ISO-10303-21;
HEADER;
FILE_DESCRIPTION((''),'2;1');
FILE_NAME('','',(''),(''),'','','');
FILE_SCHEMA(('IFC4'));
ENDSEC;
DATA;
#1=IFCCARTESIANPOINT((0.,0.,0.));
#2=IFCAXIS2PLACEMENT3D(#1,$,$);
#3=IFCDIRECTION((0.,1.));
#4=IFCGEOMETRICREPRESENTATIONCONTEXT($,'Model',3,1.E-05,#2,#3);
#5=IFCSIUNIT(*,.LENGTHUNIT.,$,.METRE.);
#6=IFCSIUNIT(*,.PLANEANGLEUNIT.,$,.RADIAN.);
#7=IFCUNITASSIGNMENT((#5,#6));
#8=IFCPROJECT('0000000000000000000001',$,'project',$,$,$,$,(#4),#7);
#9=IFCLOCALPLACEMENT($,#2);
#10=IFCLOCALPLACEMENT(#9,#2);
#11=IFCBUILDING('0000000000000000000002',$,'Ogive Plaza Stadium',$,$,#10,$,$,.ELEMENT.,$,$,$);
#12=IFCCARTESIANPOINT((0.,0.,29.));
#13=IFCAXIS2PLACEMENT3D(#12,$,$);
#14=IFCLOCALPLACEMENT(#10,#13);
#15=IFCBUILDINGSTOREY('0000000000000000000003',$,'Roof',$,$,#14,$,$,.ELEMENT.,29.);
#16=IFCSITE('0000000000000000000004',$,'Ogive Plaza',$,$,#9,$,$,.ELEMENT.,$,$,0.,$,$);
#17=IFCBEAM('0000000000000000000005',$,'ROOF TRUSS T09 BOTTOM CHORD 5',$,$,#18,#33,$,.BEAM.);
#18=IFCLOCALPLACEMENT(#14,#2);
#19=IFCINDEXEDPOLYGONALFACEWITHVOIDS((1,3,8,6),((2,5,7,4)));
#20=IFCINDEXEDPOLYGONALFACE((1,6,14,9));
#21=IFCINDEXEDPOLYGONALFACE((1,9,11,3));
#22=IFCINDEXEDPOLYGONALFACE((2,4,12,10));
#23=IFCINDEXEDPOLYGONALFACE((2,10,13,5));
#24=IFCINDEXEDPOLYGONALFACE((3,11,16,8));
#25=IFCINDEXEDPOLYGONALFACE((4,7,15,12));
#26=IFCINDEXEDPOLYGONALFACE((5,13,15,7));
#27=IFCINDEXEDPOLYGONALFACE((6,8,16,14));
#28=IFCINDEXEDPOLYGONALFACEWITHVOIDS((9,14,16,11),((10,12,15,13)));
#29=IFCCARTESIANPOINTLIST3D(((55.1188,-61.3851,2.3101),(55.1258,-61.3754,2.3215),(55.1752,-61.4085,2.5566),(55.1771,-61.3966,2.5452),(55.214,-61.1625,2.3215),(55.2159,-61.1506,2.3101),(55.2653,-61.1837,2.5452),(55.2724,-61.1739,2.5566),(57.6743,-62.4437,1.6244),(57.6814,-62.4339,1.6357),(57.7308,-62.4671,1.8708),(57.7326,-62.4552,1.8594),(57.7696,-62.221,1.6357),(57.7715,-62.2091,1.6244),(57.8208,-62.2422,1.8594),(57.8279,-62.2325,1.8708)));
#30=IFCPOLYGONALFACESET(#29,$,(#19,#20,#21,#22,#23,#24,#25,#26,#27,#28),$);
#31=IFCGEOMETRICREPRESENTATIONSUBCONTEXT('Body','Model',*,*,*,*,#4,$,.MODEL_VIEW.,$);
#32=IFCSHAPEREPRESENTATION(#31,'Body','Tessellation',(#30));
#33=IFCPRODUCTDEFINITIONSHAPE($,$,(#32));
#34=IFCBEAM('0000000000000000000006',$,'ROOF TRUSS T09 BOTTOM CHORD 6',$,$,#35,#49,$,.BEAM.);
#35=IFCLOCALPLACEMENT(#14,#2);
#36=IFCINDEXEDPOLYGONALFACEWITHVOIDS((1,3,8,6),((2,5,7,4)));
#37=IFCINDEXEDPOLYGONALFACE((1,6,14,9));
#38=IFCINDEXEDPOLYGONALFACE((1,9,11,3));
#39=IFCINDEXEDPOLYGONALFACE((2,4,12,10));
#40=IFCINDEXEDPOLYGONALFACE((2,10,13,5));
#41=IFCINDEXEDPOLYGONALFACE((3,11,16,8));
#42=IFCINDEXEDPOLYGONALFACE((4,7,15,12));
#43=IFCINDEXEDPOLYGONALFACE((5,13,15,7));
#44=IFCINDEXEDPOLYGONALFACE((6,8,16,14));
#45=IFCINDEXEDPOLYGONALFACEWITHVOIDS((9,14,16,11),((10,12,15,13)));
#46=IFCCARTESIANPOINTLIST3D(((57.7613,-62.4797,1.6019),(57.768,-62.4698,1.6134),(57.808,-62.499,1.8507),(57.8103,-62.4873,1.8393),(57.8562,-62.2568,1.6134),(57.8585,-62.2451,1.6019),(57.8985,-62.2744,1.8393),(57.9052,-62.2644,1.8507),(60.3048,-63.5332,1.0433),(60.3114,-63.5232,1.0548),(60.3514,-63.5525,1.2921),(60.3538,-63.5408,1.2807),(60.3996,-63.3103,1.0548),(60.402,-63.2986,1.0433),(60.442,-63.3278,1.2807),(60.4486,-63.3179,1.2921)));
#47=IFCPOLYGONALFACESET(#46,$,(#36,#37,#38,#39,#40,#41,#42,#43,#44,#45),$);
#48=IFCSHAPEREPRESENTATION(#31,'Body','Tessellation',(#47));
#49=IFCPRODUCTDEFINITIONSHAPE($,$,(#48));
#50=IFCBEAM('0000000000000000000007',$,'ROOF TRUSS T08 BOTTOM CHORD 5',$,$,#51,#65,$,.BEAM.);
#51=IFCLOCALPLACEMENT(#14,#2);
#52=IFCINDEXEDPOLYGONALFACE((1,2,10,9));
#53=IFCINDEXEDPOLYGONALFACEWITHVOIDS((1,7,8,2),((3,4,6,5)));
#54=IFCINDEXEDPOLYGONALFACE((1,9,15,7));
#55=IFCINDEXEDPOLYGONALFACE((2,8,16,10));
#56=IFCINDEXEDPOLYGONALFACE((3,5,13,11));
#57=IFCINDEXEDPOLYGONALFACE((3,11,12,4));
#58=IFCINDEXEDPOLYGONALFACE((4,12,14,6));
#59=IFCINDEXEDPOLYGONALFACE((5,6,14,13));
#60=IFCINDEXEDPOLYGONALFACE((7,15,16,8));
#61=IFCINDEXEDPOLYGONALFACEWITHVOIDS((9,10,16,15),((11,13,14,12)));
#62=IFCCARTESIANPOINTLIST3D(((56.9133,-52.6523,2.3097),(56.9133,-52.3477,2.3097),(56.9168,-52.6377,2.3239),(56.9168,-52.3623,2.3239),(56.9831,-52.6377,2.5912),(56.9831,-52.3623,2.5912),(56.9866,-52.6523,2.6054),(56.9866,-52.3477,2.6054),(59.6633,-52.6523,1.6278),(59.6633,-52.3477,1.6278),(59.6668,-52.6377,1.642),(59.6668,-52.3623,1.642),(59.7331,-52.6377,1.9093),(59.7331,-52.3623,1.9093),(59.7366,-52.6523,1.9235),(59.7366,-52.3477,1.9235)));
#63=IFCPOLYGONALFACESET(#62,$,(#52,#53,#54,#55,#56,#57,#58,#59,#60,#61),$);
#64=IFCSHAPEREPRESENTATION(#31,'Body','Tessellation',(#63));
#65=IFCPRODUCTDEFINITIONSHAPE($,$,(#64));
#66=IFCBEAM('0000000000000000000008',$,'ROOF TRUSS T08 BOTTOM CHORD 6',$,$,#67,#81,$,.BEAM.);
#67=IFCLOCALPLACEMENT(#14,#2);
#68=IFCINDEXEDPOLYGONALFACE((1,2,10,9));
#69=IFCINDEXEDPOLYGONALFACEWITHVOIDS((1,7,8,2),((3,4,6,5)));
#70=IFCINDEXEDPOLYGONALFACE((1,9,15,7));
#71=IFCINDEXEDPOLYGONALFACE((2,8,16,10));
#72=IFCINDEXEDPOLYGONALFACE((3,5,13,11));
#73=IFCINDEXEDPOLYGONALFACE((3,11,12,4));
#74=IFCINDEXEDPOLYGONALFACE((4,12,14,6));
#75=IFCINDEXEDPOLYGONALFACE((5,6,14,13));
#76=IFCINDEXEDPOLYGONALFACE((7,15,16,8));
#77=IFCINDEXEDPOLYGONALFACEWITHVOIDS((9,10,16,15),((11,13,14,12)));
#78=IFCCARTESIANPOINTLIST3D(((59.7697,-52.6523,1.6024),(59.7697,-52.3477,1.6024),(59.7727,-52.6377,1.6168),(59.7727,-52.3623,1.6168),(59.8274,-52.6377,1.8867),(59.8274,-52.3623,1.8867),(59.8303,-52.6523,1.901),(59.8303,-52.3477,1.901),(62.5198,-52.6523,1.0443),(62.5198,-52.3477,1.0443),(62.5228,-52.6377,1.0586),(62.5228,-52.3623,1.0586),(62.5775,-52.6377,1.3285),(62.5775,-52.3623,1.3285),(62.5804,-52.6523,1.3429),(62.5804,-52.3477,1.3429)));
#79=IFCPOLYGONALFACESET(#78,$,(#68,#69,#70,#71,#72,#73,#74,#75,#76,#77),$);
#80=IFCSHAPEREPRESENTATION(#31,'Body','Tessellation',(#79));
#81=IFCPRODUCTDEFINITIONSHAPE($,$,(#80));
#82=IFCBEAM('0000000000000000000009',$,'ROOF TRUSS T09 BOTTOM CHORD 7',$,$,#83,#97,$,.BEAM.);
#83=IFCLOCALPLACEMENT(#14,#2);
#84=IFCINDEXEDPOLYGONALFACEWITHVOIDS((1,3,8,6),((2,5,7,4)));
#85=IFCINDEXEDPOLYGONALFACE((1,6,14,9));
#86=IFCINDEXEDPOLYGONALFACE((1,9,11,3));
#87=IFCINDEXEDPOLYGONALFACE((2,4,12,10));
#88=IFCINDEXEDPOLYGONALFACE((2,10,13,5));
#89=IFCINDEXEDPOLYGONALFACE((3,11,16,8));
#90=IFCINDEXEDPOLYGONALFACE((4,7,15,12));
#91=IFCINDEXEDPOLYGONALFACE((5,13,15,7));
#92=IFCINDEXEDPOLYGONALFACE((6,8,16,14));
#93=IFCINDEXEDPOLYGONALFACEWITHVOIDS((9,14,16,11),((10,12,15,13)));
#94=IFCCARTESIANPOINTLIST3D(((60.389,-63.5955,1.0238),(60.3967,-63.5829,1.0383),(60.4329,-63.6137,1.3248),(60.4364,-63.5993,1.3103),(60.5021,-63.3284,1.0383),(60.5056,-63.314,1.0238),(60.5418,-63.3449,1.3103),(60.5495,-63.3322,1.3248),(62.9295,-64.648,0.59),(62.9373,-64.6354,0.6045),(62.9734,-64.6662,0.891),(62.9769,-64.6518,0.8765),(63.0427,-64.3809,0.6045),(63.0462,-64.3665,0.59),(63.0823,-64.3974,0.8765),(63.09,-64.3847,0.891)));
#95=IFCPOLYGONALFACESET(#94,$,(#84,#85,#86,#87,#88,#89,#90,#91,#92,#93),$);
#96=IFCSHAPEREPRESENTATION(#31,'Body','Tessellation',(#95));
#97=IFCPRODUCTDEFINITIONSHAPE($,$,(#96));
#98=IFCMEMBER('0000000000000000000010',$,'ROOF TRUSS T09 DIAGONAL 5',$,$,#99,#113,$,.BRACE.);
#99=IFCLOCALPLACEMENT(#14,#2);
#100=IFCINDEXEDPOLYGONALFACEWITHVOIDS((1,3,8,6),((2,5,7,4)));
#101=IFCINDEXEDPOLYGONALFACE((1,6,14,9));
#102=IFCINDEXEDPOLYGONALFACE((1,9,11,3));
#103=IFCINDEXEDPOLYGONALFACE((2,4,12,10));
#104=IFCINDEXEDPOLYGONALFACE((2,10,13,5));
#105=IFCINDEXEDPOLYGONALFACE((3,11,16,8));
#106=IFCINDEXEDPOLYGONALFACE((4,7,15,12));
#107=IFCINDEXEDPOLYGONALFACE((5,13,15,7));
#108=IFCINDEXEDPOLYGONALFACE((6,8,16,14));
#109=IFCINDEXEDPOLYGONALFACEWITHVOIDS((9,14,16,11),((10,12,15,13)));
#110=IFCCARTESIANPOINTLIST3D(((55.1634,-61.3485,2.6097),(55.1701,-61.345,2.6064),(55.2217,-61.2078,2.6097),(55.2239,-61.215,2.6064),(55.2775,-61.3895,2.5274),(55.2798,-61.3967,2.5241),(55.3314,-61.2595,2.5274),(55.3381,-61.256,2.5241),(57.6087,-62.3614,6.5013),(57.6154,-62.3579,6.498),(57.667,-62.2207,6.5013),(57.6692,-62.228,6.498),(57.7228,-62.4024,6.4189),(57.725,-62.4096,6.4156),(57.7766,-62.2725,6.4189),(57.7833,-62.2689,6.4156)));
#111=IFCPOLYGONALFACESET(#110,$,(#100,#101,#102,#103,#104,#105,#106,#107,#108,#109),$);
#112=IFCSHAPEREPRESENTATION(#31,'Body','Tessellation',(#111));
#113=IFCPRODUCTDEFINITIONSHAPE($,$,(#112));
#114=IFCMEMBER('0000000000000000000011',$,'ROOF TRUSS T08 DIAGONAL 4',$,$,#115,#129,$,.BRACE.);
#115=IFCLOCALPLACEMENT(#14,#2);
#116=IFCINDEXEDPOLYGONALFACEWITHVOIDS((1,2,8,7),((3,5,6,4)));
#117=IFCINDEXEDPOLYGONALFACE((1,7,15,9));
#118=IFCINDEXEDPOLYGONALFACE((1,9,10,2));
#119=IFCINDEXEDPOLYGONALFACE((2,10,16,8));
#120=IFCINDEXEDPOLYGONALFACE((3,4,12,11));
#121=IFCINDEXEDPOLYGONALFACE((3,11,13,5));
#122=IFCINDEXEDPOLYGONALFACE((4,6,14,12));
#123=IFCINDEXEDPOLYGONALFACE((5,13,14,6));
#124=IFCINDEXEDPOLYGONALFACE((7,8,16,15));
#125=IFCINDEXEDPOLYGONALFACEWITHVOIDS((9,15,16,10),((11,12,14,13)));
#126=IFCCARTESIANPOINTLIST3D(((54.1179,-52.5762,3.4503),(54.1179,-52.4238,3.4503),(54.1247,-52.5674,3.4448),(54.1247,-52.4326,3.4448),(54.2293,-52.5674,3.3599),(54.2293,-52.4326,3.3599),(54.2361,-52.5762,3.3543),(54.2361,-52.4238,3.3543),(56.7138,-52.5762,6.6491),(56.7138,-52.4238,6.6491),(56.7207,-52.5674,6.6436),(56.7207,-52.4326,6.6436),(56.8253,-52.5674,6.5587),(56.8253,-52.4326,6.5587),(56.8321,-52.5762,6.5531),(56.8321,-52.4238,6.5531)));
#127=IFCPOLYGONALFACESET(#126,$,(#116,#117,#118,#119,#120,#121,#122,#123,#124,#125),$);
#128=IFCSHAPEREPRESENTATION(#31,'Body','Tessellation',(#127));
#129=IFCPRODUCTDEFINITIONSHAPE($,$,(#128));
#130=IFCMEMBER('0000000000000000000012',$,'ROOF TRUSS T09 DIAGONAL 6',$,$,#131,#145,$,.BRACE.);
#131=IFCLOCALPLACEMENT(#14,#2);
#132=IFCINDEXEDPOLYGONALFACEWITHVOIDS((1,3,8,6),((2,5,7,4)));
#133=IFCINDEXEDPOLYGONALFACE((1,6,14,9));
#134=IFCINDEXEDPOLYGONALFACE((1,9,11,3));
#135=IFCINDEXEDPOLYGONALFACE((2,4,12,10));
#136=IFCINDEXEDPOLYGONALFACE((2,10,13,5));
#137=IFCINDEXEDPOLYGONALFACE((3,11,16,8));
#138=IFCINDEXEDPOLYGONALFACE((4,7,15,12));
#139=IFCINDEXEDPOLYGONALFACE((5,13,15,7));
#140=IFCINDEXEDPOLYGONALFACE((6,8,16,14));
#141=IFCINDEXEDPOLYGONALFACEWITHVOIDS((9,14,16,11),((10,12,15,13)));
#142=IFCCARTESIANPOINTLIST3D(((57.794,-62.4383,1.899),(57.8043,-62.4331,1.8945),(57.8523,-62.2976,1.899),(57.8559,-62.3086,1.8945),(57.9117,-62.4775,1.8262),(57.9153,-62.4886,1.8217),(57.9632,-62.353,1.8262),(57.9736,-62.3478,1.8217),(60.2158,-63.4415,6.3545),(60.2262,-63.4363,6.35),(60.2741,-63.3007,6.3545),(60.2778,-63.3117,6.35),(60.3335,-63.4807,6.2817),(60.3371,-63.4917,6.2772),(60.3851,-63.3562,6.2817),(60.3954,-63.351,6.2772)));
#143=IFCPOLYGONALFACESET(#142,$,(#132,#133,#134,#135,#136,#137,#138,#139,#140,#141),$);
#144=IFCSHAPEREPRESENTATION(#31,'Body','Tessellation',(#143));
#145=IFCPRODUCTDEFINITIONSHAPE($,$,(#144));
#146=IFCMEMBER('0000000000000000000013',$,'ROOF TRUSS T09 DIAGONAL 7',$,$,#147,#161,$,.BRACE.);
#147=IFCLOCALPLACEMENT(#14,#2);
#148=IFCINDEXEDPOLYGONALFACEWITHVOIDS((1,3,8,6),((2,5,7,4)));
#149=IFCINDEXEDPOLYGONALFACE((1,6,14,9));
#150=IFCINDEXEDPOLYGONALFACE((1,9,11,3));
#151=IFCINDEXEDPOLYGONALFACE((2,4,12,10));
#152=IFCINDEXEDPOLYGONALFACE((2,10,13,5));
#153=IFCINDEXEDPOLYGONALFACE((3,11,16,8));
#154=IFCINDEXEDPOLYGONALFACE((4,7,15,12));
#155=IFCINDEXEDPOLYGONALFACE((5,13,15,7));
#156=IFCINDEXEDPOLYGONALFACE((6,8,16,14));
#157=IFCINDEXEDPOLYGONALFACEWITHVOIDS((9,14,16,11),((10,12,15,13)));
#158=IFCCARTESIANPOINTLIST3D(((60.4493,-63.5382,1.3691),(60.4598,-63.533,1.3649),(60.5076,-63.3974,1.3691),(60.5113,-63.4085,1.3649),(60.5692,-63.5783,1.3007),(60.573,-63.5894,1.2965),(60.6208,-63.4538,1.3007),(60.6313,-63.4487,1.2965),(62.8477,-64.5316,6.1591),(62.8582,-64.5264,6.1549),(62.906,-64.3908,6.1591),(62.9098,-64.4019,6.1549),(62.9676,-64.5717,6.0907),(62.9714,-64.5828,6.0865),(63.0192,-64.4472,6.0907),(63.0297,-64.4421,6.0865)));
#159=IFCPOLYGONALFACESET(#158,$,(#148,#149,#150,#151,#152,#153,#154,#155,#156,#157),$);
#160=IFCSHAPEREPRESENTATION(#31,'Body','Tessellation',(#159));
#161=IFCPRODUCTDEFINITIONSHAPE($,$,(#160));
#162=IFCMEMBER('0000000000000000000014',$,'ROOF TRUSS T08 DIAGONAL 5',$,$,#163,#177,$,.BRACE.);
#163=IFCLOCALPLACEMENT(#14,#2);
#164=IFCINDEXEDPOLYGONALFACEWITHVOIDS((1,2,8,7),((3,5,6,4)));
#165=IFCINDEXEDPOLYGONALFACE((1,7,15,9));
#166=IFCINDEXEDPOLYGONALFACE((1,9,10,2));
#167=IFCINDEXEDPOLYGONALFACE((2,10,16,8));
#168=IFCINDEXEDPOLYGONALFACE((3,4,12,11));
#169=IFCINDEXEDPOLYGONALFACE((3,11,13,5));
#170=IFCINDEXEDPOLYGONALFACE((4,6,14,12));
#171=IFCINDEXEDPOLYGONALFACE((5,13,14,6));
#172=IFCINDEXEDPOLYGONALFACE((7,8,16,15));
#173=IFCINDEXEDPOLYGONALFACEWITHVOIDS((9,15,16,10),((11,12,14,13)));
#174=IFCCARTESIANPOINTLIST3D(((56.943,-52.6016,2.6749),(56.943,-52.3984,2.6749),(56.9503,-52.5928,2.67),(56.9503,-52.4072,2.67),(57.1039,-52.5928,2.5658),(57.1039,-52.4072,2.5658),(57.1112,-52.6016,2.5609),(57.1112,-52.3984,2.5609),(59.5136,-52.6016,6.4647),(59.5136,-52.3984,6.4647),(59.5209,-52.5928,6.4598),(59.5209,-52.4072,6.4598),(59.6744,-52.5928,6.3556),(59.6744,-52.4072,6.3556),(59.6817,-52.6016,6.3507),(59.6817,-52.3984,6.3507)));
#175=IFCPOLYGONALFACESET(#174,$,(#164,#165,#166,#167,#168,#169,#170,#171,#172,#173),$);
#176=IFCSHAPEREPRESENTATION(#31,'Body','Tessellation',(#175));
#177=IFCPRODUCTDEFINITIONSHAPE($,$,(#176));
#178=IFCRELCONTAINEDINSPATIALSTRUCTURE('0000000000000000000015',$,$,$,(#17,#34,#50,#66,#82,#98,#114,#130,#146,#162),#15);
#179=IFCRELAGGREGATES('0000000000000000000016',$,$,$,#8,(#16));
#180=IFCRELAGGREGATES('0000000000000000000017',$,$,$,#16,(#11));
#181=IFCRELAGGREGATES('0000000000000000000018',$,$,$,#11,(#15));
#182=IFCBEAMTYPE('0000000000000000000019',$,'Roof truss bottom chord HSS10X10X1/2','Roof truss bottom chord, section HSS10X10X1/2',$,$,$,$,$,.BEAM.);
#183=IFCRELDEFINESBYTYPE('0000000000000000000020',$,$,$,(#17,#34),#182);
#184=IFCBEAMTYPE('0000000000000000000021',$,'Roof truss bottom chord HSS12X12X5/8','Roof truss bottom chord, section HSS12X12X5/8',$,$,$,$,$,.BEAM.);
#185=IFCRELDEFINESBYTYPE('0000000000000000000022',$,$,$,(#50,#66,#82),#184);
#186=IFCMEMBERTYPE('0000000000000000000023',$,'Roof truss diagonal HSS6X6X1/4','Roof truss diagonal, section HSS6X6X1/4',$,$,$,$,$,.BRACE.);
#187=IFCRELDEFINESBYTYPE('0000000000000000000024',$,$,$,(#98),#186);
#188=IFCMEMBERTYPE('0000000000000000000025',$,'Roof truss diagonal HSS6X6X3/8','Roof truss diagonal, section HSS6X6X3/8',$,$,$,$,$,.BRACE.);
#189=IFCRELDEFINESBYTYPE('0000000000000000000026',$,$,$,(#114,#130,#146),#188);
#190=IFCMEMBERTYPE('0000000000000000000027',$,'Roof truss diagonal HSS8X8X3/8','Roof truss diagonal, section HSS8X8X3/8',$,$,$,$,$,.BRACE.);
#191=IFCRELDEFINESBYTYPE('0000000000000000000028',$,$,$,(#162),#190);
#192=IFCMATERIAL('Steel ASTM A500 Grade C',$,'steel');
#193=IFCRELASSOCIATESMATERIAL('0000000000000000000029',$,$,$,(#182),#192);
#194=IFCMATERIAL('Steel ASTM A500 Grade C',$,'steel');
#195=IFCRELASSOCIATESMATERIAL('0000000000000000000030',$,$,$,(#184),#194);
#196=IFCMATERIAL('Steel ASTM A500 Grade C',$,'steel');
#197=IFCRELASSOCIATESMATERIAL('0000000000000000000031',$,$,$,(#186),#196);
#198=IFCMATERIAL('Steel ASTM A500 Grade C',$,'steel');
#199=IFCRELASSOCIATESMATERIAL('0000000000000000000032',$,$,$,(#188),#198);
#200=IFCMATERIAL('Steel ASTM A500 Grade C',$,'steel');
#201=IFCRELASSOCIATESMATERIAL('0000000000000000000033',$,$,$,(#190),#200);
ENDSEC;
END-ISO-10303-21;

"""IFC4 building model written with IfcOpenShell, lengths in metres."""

from ifc_helpers import new_model, si_unit, direction, frame, origin, origin_2d, place, context, subcontext, project, spatial, hollow_rectangle, extrude, material, material_profile, profile_set, type_object, element, save


model = new_model("IFC4")

# Units and contexts
model_context = context("Model", 3, precision=1e-05, world=origin(), true_north=direction((0.0, 1.0)))
body_context = subcontext(model_context, "Body", "Model", "MODEL_VIEW")
ifc_project = project(units=[si_unit("LENGTHUNIT", "METRE"), si_unit("PLANEANGLEUNIT", "RADIAN")], contexts=[model_context])

# Site, building, storey
site_placement = place(None, origin())
site = spatial("IfcSite", under=ifc_project, at=site_placement, Name="Ogive Plaza", CompositionType="ELEMENT", RefElevation=0.0)
building_placement = place(site_placement, origin())
building = spatial("IfcBuilding", under=site, at=building_placement, Name="Ogive Plaza Stadium", CompositionType="ELEMENT")
storey_placement = place(building_placement, frame((0.0, 0.0, 29.0)))
storey = spatial("IfcBuildingStorey", under=building, at=storey_placement, Name="Roof", CompositionType="ELEMENT", Elevation=29.0)

# Beams
ifc_material_1 = material(Name="Steel ASTM A500 Grade C", Category="steel")
ifc_material_profile_1 = material_profile(ifc_material_1, hollow_rectangle(XDim=0.2539, YDim=0.2539, WallThickness=0.0117, at=origin_2d()), Name="HSS10X10X1/2")
ifc_profile_set_1 = profile_set([ifc_material_profile_1], Name="Steel ASTM A500 Grade C")
beam_type_1 = type_object("IfcBeamType", Name="Roof truss bottom chord HSS10X10X1/2", Description="Roof truss bottom chord, section HSS10X10X1/2", PredefinedType="BEAM", material=ifc_profile_set_1)
beam_1_placement = place(storey_placement, frame((55.1956, -61.2795, 2.4333), z_axis=(0.896733, -0.37144, -0.240631), x_axis=(0.382684, 0.923879, 0.0)))
element("IfcBeam", 1, at=beam_1_placement, inside=storey, type_object=beam_type_1, Name="ROOF TRUSS T09 BOTTOM CHORD 5", PredefinedType="BEAM", context=body_context, shape_type="SweptSolid", body=[
    extrude(hollow_rectangle(XDim=0.2539, YDim=0.2539, WallThickness=0.0117, at=origin_2d()), origin(), (0.0, 0.0, 1.0), 2.8499),
])
beam_2_placement = place(storey_placement, frame((57.8333, -62.3721, 1.7263), z_axis=(0.905438, -0.375021, -0.198852), x_axis=(0.382662, 0.923888, 0.0)))
element("IfcBeam", 2, at=beam_2_placement, inside=storey, type_object=beam_type_1, Name="ROOF TRUSS T09 BOTTOM CHORD 6", PredefinedType="BEAM", context=body_context, shape_type="SweptSolid", body=[
    extrude(hollow_rectangle(XDim=0.2539, YDim=0.2539, WallThickness=0.0117, at=origin_2d()), origin(), (0.0, 0.0, 1.0), 2.8091),
])
ifc_material_2 = material(Name="Steel ASTM A500 Grade C", Category="steel")
ifc_material_profile_2 = material_profile(ifc_material_2, hollow_rectangle(XDim=0.3047, YDim=0.3047, WallThickness=0.0146, at=origin_2d()), Name="HSS12X12X5/8")
ifc_profile_set_2 = profile_set([ifc_material_profile_2], Name="Steel ASTM A500 Grade C")
beam_type_2 = type_object("IfcBeamType", Name="Roof truss bottom chord HSS12X12X5/8", Description="Roof truss bottom chord, section HSS12X12X5/8", PredefinedType="BEAM", material=ifc_profile_set_2)
beam_3_placement = place(storey_placement, frame((56.95, -52.5, 2.4575), z_axis=(0.970607, 0.0, -0.24067), x_axis=(0.0, 1.0, 0.0)))
element("IfcBeam", 3, at=beam_3_placement, inside=storey, type_object=beam_type_2, Name="ROOF TRUSS T08 BOTTOM CHORD 5", PredefinedType="BEAM", context=body_context, shape_type="SweptSolid", body=[
    extrude(hollow_rectangle(XDim=0.3047, YDim=0.3047, WallThickness=0.0146, at=origin_2d()), origin(), (0.0, 0.0, 1.0), 2.8333),
])
beam_4_placement = place(storey_placement, frame((59.8, -52.5, 1.7517), z_axis=(0.980021, 0.0, -0.198893), x_axis=(0.0, 1.0, 0.0)))
element("IfcBeam", 4, at=beam_4_placement, inside=storey, type_object=beam_type_2, Name="ROOF TRUSS T08 BOTTOM CHORD 6", PredefinedType="BEAM", context=body_context, shape_type="SweptSolid", body=[
    extrude(hollow_rectangle(XDim=0.3047, YDim=0.3047, WallThickness=0.0146, at=origin_2d()), origin(), (0.0, 0.0, 1.0), 2.8062),
])
beam_5_placement = place(storey_placement, frame((60.4692, -63.4639, 1.1743), z_axis=(0.912571, -0.37806, -0.155837), x_axis=(0.382736, 0.923858, 0.0)))
element("IfcBeam", 5, at=beam_5_placement, inside=storey, type_object=beam_type_2, Name="ROOF TRUSS T09 BOTTOM CHORD 7", PredefinedType="BEAM", context=body_context, shape_type="SweptSolid", body=[
    extrude(hollow_rectangle(XDim=0.3047, YDim=0.3047, WallThickness=0.0146, at=origin_2d()), origin(), (0.0, 0.0, 1.0), 2.7839),
])

# Members
ifc_material_3 = material(Name="Steel ASTM A500 Grade C", Category="steel")
ifc_material_profile_3 = material_profile(ifc_material_3, hollow_rectangle(XDim=0.1523, YDim=0.1523, WallThickness=0.0059, at=origin_2d()), Name="HSS6X6X1/4")
ifc_profile_set_3 = profile_set([ifc_material_profile_3], Name="Steel ASTM A500 Grade C")
member_type_1 = type_object("IfcMemberType", Name="Roof truss diagonal HSS6X6X1/4", Description="Roof truss diagonal, section HSS6X6X1/4", PredefinedType="BRACE", material=ifc_profile_set_3)
member_1_placement = place(storey_placement, frame((55.2507, -61.3022, 2.5669), z_axis=(0.519572, -0.215226, 0.826875), x_axis=(0.382702, 0.923872, 0.0)))
element("IfcMember", 6, at=member_1_placement, inside=storey, type_object=member_type_1, Name="ROOF TRUSS T09 DIAGONAL 5", PredefinedType="BRACE", context=body_context, shape_type="SweptSolid", body=[
    extrude(hollow_rectangle(XDim=0.1523, YDim=0.1523, WallThickness=0.0059, at=origin_2d()), origin(), (0.0, 0.0, 1.0), 4.7063),
])
ifc_material_4 = material(Name="Steel ASTM A500 Grade C", Category="steel")
ifc_material_profile_4 = material_profile(ifc_material_4, hollow_rectangle(XDim=0.1523, YDim=0.1523, WallThickness=0.0088, at=origin_2d()), Name="HSS6X6X3/8")
ifc_profile_set_4 = profile_set([ifc_material_profile_4], Name="Steel ASTM A500 Grade C")
member_type_2 = type_object("IfcMemberType", Name="Roof truss diagonal HSS6X6X3/8", Description="Roof truss diagonal, section HSS6X6X3/8", PredefinedType="BRACE", material=ifc_profile_set_4)
member_2_placement = place(storey_placement, frame((54.177, -52.5, 3.4023), z_axis=(0.630151, 0.0, 0.776473), x_axis=(0.0, 1.0, 0.0)))
element("IfcMember", 7, at=member_2_placement, inside=storey, type_object=member_type_2, Name="ROOF TRUSS T08 DIAGONAL 4", PredefinedType="BRACE", context=body_context, shape_type="SweptSolid", body=[
    extrude(hollow_rectangle(XDim=0.1523, YDim=0.1523, WallThickness=0.0088, at=origin_2d()), origin(), (0.0, 0.0, 1.0), 4.1196),
])
member_3_placement = place(storey_placement, frame((57.8838, -62.3931, 1.8604), z_axis=(0.468492, -0.194056, 0.861892), x_axis=(0.382684, 0.923879, 0.0)))
element("IfcMember", 8, at=member_3_placement, inside=storey, type_object=member_type_2, Name="ROOF TRUSS T09 DIAGONAL 6", PredefinedType="BRACE", context=body_context, shape_type="SweptSolid", body=[
    extrude(hollow_rectangle(XDim=0.1523, YDim=0.1523, WallThickness=0.0088, at=origin_2d()), origin(), (0.0, 0.0, 1.0), 5.1694),
])
member_4_placement = place(storey_placement, frame((60.5403, -63.4934, 1.3328), z_axis=(0.440219, -0.182334, 0.879183), x_axis=(0.382665, 0.923887, 0.0)))
element("IfcMember", 9, at=member_4_placement, inside=storey, type_object=member_type_2, Name="ROOF TRUSS T09 DIAGONAL 7", PredefinedType="BRACE", context=body_context, shape_type="SweptSolid", body=[
    extrude(hollow_rectangle(XDim=0.1523, YDim=0.1523, WallThickness=0.0088, at=origin_2d()), origin(), (0.0, 0.0, 1.0), 5.4482),
])
ifc_material_5 = material(Name="Steel ASTM A500 Grade C", Category="steel")
ifc_material_profile_5 = material_profile(ifc_material_5, hollow_rectangle(XDim=0.2031, YDim=0.2031, WallThickness=0.0088, at=origin_2d()), Name="HSS8X8X3/8")
ifc_profile_set_5 = profile_set([ifc_material_profile_5], Name="Steel ASTM A500 Grade C")
member_type_3 = type_object("IfcMemberType", Name="Roof truss diagonal HSS8X8X3/8", Description="Roof truss diagonal, section HSS8X8X3/8", PredefinedType="BRACE", material=ifc_profile_set_5)
member_5_placement = place(storey_placement, frame((57.0271, -52.5, 2.6179), z_axis=(0.561338, 0.0, 0.827586), x_axis=(0.0, 1.0, 0.0)))
element("IfcMember", 10, at=member_5_placement, inside=storey, type_object=member_type_3, Name="ROOF TRUSS T08 DIAGONAL 5", PredefinedType="BRACE", context=body_context, shape_type="SweptSolid", body=[
    extrude(hollow_rectangle(XDim=0.2031, YDim=0.2031, WallThickness=0.0088, at=origin_2d()), origin(), (0.0, 0.0, 1.0), 4.5793),
])

save(model, "model.ifc")
